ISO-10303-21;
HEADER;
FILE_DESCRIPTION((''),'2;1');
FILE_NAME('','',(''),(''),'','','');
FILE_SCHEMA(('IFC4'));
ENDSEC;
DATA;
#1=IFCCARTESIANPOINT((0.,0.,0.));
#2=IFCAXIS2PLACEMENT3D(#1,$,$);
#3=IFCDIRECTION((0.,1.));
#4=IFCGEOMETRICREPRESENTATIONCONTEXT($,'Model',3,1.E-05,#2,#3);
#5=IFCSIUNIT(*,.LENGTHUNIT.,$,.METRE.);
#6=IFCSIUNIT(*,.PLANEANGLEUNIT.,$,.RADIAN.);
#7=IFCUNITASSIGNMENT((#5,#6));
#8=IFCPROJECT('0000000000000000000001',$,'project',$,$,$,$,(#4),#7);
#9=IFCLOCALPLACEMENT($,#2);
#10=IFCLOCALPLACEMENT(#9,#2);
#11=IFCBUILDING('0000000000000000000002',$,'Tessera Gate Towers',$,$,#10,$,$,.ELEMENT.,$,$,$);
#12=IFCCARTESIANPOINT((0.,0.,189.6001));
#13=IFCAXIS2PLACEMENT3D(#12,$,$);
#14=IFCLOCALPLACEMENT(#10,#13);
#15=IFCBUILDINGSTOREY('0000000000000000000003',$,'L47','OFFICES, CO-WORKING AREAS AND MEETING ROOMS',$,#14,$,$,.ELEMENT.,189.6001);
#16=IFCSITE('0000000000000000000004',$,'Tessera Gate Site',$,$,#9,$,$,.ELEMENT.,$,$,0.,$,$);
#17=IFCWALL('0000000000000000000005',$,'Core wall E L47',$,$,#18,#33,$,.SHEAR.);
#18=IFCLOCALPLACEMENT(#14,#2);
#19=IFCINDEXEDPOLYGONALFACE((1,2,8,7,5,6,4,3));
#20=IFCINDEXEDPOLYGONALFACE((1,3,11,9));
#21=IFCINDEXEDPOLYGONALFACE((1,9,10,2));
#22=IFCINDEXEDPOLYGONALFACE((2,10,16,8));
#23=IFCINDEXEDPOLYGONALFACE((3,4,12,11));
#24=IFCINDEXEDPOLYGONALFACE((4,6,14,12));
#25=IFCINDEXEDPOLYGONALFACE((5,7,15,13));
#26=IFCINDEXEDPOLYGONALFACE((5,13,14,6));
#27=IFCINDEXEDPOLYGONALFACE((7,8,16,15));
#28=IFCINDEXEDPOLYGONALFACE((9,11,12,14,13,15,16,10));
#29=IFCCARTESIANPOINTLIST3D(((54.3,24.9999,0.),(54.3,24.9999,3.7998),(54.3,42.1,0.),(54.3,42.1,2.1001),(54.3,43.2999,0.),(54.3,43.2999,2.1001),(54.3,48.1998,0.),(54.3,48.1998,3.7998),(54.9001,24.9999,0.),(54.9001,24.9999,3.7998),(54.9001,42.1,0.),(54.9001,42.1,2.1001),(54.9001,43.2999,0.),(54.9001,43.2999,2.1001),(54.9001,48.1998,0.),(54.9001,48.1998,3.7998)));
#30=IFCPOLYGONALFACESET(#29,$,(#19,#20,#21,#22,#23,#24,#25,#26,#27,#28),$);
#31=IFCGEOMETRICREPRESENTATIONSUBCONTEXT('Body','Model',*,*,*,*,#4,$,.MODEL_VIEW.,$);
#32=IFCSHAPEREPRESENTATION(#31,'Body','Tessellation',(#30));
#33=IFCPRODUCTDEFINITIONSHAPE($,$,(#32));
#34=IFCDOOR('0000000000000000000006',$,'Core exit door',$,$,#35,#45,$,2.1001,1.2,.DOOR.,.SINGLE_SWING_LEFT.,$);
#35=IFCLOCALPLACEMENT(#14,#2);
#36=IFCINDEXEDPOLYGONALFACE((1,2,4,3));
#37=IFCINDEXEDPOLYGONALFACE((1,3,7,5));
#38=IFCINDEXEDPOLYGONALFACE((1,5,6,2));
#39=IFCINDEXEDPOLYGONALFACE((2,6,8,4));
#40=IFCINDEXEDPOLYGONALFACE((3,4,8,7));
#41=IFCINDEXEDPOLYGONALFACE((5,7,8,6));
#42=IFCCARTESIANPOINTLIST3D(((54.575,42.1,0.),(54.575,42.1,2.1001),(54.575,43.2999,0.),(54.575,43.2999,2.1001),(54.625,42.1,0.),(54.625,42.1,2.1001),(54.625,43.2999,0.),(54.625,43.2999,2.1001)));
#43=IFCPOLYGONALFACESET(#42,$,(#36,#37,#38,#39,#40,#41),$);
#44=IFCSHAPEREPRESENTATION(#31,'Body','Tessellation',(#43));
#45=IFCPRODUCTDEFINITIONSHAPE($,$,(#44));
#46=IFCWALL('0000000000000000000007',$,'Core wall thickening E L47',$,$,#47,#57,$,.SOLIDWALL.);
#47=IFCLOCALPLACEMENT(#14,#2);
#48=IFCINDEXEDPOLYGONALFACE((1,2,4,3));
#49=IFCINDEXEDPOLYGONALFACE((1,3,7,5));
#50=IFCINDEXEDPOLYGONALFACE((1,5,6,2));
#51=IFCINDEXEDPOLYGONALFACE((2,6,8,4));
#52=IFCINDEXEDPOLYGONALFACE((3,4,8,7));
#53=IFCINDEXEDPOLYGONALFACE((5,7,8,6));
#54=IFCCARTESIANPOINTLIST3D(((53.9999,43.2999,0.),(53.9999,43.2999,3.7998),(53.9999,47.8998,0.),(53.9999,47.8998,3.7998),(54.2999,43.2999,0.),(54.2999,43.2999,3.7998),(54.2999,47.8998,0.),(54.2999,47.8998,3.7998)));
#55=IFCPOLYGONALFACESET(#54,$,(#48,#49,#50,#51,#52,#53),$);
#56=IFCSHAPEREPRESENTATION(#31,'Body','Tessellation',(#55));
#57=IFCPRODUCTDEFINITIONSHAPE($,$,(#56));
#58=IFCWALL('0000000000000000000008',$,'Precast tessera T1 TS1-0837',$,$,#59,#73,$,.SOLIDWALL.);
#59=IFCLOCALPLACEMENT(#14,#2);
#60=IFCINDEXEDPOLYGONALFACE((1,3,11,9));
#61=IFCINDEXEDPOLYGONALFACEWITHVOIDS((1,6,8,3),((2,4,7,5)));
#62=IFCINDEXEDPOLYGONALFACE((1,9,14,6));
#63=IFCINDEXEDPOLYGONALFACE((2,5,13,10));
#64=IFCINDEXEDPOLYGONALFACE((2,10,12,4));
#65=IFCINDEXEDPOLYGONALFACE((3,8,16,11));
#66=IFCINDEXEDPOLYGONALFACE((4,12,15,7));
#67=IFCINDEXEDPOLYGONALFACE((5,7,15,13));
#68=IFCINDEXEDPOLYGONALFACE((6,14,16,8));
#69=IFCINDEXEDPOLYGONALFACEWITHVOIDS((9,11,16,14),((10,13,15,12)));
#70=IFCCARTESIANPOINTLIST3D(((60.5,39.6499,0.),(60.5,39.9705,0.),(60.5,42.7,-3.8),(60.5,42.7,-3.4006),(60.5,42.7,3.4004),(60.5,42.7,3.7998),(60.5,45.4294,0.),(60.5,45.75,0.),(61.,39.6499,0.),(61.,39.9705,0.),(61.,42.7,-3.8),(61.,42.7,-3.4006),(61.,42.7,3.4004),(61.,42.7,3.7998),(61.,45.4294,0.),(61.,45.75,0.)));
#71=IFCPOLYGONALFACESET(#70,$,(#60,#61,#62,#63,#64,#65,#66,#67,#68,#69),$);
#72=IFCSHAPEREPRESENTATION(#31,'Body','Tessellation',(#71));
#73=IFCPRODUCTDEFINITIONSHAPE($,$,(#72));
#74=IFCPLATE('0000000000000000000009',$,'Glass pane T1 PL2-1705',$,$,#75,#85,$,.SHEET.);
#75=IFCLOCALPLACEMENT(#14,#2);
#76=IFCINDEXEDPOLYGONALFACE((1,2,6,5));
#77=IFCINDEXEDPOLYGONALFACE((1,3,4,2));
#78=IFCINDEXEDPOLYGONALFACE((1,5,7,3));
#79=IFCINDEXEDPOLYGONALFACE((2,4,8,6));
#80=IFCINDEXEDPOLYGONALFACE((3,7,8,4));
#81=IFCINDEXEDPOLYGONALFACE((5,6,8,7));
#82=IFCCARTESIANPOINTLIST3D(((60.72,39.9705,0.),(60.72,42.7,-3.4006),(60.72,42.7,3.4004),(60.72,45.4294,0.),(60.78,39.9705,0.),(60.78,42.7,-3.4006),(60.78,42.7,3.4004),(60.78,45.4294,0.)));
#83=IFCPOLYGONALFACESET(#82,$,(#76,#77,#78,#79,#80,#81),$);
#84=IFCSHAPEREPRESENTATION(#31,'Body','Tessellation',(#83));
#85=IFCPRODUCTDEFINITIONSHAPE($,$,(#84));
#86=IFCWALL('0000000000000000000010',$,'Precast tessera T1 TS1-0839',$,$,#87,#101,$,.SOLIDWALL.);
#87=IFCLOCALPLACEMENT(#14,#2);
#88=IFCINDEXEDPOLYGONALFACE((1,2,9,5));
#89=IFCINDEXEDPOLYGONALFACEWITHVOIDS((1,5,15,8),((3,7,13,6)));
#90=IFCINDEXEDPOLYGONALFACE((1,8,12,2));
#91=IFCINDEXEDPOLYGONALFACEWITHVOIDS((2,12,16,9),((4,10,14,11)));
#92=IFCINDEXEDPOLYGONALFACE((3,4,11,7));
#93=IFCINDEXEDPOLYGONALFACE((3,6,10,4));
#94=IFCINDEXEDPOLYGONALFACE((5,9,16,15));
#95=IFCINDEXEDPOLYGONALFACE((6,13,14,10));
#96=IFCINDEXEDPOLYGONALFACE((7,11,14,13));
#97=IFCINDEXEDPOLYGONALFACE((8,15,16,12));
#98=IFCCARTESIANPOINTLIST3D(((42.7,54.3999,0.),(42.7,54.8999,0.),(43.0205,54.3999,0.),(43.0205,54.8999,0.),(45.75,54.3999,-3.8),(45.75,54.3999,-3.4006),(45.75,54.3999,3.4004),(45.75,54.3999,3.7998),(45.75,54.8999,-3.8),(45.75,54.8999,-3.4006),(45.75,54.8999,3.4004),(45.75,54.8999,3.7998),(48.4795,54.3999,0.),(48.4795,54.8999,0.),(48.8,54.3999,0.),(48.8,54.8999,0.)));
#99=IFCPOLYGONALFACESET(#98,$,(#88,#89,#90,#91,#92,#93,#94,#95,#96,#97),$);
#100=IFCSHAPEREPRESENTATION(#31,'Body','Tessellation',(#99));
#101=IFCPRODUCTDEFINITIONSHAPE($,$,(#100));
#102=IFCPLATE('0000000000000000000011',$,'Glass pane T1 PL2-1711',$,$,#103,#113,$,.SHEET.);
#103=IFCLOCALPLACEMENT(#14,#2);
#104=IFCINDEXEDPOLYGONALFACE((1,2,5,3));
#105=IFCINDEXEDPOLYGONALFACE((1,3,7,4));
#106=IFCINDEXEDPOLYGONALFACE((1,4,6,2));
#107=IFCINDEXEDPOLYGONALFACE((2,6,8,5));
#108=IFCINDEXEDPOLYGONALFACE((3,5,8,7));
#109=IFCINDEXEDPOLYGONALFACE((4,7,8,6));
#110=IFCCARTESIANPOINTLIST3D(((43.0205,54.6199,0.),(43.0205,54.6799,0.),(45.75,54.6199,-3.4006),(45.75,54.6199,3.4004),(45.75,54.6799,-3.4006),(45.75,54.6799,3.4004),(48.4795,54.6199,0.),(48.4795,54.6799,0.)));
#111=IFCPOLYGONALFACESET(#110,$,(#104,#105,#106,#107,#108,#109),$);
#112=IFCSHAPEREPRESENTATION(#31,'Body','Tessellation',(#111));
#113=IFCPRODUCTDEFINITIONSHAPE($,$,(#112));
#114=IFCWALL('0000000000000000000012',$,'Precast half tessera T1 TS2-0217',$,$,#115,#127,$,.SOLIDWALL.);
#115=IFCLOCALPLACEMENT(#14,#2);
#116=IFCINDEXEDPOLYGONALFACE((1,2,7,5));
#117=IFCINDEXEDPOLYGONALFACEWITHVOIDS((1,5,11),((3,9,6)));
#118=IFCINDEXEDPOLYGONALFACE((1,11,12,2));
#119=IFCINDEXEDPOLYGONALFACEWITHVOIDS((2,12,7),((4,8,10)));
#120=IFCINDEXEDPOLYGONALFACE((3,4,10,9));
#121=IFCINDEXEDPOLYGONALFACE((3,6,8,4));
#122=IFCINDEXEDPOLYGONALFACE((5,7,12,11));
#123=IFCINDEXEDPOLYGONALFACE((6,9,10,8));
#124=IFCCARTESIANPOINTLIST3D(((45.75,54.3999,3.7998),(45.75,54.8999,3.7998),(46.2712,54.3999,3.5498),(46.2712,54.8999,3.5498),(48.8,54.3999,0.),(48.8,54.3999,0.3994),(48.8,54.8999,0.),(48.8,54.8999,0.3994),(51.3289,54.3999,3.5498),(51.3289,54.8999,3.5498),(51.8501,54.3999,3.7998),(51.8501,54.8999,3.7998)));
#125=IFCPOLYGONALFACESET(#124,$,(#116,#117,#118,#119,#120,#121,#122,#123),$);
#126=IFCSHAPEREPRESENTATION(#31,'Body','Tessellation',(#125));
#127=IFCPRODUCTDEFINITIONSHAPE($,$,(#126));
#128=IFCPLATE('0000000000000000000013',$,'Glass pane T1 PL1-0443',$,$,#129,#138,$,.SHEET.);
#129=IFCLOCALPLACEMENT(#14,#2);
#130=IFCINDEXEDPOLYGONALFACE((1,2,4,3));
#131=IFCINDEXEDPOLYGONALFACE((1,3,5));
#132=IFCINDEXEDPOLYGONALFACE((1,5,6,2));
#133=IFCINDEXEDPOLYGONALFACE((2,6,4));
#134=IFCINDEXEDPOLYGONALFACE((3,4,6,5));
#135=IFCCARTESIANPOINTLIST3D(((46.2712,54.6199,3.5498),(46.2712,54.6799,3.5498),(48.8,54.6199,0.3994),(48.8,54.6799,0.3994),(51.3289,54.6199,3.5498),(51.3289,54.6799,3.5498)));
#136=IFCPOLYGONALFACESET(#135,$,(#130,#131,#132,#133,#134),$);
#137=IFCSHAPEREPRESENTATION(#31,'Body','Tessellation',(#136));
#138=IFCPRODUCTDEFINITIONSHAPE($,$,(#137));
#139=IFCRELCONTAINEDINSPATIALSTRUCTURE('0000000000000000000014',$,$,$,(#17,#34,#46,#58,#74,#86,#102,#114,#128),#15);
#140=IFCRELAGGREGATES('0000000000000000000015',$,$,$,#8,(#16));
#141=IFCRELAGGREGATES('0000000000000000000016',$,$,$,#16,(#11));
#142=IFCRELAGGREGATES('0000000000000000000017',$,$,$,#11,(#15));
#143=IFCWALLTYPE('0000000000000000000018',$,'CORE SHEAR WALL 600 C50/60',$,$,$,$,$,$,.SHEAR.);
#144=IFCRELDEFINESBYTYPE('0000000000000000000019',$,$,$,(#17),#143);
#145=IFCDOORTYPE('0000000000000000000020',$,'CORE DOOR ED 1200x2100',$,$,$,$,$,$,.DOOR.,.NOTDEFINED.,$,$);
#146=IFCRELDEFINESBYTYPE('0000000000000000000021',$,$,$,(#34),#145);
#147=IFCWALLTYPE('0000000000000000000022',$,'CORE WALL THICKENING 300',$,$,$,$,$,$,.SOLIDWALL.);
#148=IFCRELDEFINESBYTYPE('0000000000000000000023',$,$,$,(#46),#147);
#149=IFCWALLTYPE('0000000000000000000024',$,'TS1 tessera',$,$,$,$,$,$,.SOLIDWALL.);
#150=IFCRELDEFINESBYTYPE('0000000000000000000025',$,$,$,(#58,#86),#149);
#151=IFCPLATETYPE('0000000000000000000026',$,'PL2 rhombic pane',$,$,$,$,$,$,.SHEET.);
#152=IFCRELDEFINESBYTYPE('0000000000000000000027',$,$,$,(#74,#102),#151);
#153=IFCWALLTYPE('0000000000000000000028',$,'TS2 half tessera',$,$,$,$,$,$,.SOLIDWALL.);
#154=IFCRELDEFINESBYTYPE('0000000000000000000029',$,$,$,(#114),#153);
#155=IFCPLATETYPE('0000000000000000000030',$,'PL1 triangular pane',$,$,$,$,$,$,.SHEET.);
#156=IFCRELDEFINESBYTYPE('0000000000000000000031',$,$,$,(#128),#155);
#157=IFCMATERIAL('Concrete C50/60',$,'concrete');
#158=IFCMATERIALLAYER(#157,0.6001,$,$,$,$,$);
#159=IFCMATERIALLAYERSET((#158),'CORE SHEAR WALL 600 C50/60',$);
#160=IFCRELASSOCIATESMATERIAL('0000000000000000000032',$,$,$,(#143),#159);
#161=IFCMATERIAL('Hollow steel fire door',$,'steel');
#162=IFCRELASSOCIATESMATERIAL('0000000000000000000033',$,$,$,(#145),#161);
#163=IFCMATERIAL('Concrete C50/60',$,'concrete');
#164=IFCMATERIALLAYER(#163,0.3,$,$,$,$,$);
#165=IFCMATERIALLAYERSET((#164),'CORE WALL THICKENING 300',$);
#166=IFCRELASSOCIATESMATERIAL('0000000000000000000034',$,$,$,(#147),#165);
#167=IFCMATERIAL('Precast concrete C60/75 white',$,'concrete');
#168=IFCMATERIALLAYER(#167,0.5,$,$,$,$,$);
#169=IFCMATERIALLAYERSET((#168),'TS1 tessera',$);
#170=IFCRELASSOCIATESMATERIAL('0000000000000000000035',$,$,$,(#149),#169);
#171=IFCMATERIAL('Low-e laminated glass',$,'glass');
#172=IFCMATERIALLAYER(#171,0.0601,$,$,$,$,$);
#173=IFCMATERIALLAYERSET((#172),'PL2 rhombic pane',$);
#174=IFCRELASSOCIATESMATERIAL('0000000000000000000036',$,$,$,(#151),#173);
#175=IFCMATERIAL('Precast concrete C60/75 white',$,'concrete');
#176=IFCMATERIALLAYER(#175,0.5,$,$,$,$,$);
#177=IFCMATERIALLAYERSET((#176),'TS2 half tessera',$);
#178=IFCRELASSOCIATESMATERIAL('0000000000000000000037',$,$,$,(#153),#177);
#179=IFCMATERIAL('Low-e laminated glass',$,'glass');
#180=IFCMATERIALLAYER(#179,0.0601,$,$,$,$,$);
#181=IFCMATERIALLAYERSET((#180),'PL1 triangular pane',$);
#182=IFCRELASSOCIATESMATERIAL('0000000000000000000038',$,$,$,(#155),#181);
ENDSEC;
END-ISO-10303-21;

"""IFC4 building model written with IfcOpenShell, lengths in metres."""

from ifc_helpers import new_model, si_unit, direction, frame, frame_2d, origin, place, context, subcontext, project, spatial, polyline, rectangle, outline, extrude, source, transform, mapped, material, layer, layer_set, type_object, element, fill, save


model = new_model("IFC4")

# Units and contexts
model_context = context("Model", 3, precision=1e-05, world=origin(), true_north=direction((0.0, 1.0)))
body_context = subcontext(model_context, "Body", "Model", "MODEL_VIEW")
ifc_project = project(units=[si_unit("LENGTHUNIT", "METRE"), si_unit("PLANEANGLEUNIT", "RADIAN")], contexts=[model_context])

# Site, building, storey
site_placement = place(None, origin())
site = spatial("IfcSite", under=ifc_project, at=site_placement, Name="Tessera Gate Site", CompositionType="ELEMENT", RefElevation=0.0)
building_placement = place(site_placement, origin())
building = spatial("IfcBuilding", under=site, at=building_placement, Name="Tessera Gate Towers", CompositionType="ELEMENT")
storey_placement = place(building_placement, frame((0.0, 0.0, 189.6001)))
storey = spatial("IfcBuildingStorey", under=building, at=storey_placement, Name="L47", Description="OFFICES, CO-WORKING AREAS AND MEETING ROOMS", CompositionType="ELEMENT", Elevation=189.6001)

# Shared definitions
shared_shape_1 = source(origin(), body_context, "Body", "SweptSolid", [
    extrude(rectangle(XDim=1.2, YDim=2.1001, at=frame_2d((0.6001, 1.05))), frame((0.0, 0.0249, 0.0), z_axis=(0.0, -1.0, 0.0), x_axis=(1.0, 0.0, 0.0)), (0.0, 0.0, 1.0), 0.05),
])

# Wall, opening, door
ifc_material_1 = material(Name="Concrete C50/60", Category="concrete")
ifc_layer_1 = layer(ifc_material_1, 0.6001)
ifc_layer_set_1 = layer_set([ifc_layer_1], Name="CORE SHEAR WALL 600 C50/60")
wall_type_1 = type_object("IfcWallType", Name="CORE SHEAR WALL 600 C50/60", PredefinedType="SHEAR", material=ifc_layer_set_1)
wall_1_placement = place(storey_placement, frame((54.6001, 48.2, 0.0), z_axis=(0.0, 0.0, 1.0), x_axis=(0.0, -1.0, 0.0)))
wall_1 = element("IfcWall", 1, at=wall_1_placement, inside=storey, type_object=wall_type_1, Name="Core wall E L47", PredefinedType="SHEAR", context=body_context, shape_type="SweptSolid", body=[
    extrude(rectangle(XDim=23.2, YDim=0.6001, at=frame_2d((11.6001, 0.0))), origin(), (0.0, 0.0, 1.0), 3.7998),
])
shared_shape_2 = source(origin(), body_context, "Body", "SweptSolid", [
    extrude(rectangle(XDim=1.2, YDim=2.1001, at=frame_2d((0.6001, 1.05))), frame((0.0, 0.3101, 0.0), z_axis=(0.0, -1.0, 0.0), x_axis=(1.0, 0.0, 0.0)), (0.0, 0.0, 1.0), 0.6201),
])
opening_1_placement = place(wall_1_placement, frame((4.8999, 0.0, 0.0)))
opening_1 = element("IfcOpeningElement", 2, at=opening_1_placement, cuts=wall_1, PredefinedType="OPENING", context=body_context, shape_type="MappedRepresentation", body=[
    mapped(shared_shape_2, transform((0.0, 0.0, 0.0), scale=1.0)),
])
ifc_material_2 = material(Name="Hollow steel fire door", Category="steel")
door_type_1 = type_object("IfcDoorType", Name="CORE DOOR ED 1200x2100", OperationType="NOTDEFINED", PredefinedType="DOOR", material=ifc_material_2)
door_1_placement = place(opening_1_placement, origin())
door_1 = element("IfcDoor", 3, at=door_1_placement, inside=storey, type_object=door_type_1, Name="Core exit door", OperationType="SINGLE_SWING_LEFT", OverallHeight=2.1001, OverallWidth=1.2, PredefinedType="DOOR", context=body_context, shape_type="MappedRepresentation", body=[
    mapped(shared_shape_1, transform((0.0, 0.0, 0.0), scale=1.0)),
])
fill(opening_1, door_1)

# Wall
ifc_material_3 = material(Name="Concrete C50/60", Category="concrete")
ifc_layer_2 = layer(ifc_material_3, 0.3)
ifc_layer_set_2 = layer_set([ifc_layer_2], Name="CORE WALL THICKENING 300")
wall_type_2 = type_object("IfcWallType", Name="CORE WALL THICKENING 300", PredefinedType="SOLIDWALL", material=ifc_layer_set_2)
wall_2_placement = place(storey_placement, frame((54.1499, 43.3, 0.0), z_axis=(0.0, 0.0, 1.0), x_axis=(0.0, 1.0, 0.0)))
element("IfcWall", 4, at=wall_2_placement, inside=storey, type_object=wall_type_2, Name="Core wall thickening E L47", PredefinedType="SOLIDWALL", context=body_context, shape_type="SweptSolid", body=[
    extrude(rectangle(XDim=4.5999, YDim=0.3, at=frame_2d((2.2998, 0.0))), origin(), (0.0, 0.0, 1.0), 3.7998),
])

# Walls, openings, plates
ifc_material_4 = material(Name="Precast concrete C60/75 white", Category="concrete")
ifc_layer_3 = layer(ifc_material_4, 0.5)
ifc_layer_set_3 = layer_set([ifc_layer_3], Name="TS1 tessera")
wall_type_3 = type_object("IfcWallType", Name="TS1 tessera", PredefinedType="SOLIDWALL", material=ifc_layer_set_3)
shared_shape_3 = source(origin(), body_context, "Body", "SweptSolid", [
    extrude(outline(polyline([(3.05, 0.0), (6.1001, 3.8), (3.05, 7.5999), (0.0, 3.8), (3.05, 0.0)])), frame((0.0, 0.25, 0.0), z_axis=(0.0, -1.0, 0.0), x_axis=(1.0, 0.0, 0.0)), (0.0, 0.0, 1.0), 0.5),
])
wall_3_placement = place(storey_placement, frame((60.75, 39.6499, -3.8), z_axis=(0.0, 0.0, 1.0), x_axis=(0.0, 1.0, 0.0)))
wall_3 = element("IfcWall", 5, at=wall_3_placement, inside=storey, type_object=wall_type_3, Name="Precast tessera T1 TS1-0837", PredefinedType="SOLIDWALL", context=body_context, shape_type="MappedRepresentation", body=[
    mapped(shared_shape_3, transform((0.0, 0.0, 0.0), scale=1.0)),
])
shared_shape_4 = source(origin(), body_context, "Body", "SweptSolid", [
    extrude(outline(polyline([(3.05, 0.3994), (5.7795, 3.8), (3.05, 7.2004), (0.3206, 3.8), (3.05, 0.3994)])), frame((0.0, 0.26, 0.0), z_axis=(0.0, -1.0, 0.0), x_axis=(1.0, 0.0, 0.0)), (0.0, 0.0, 1.0), 0.52),
])
opening_2_placement = place(wall_3_placement, origin())
opening_2 = element("IfcOpeningElement", 6, at=opening_2_placement, cuts=wall_3, PredefinedType="OPENING", context=body_context, shape_type="MappedRepresentation", body=[
    mapped(shared_shape_4, transform((0.0, 0.0, 0.0), scale=1.0)),
])
ifc_material_5 = material(Name="Low-e laminated glass", Category="glass")
ifc_layer_4 = layer(ifc_material_5, 0.0601)
ifc_layer_set_4 = layer_set([ifc_layer_4], Name="PL2 rhombic pane")
plate_type_1 = type_object("IfcPlateType", Name="PL2 rhombic pane", PredefinedType="SHEET", material=ifc_layer_set_4)
shared_shape_5 = source(origin(), body_context, "Body", "SweptSolid", [
    extrude(outline(polyline([(3.05, 0.3994), (5.7795, 3.8), (3.05, 7.2004), (0.3206, 3.8), (3.05, 0.3994)])), frame((0.0, 0.03, 0.0), z_axis=(0.0, -1.0, 0.0), x_axis=(1.0, 0.0, 0.0)), (0.0, 0.0, 1.0), 0.0601),
])
plate_1_placement = place(opening_2_placement, origin())
plate_1 = element("IfcPlate", 7, at=plate_1_placement, inside=storey, type_object=plate_type_1, Name="Glass pane T1 PL2-1705", PredefinedType="SHEET", context=body_context, shape_type="MappedRepresentation", body=[
    mapped(shared_shape_5, transform((0.0, 0.0, 0.0), scale=1.0)),
])
fill(opening_2, plate_1)
wall_4_placement = place(storey_placement, frame((48.8, 54.6499, -3.8), z_axis=(0.0, 0.0, 1.0), x_axis=(-1.0, 0.0, 0.0)))
wall_4 = element("IfcWall", 8, at=wall_4_placement, inside=storey, type_object=wall_type_3, Name="Precast tessera T1 TS1-0839", PredefinedType="SOLIDWALL", context=body_context, shape_type="MappedRepresentation", body=[
    mapped(shared_shape_3, transform((0.0, 0.0, 0.0), scale=1.0)),
])
opening_3_placement = place(wall_4_placement, origin())
opening_3 = element("IfcOpeningElement", 9, at=opening_3_placement, cuts=wall_4, PredefinedType="OPENING", context=body_context, shape_type="MappedRepresentation", body=[
    mapped(shared_shape_4, transform((0.0, 0.0, 0.0), scale=1.0)),
])
plate_2_placement = place(opening_3_placement, origin())
plate_2 = element("IfcPlate", 10, at=plate_2_placement, inside=storey, type_object=plate_type_1, Name="Glass pane T1 PL2-1711", PredefinedType="SHEET", context=body_context, shape_type="MappedRepresentation", body=[
    mapped(shared_shape_5, transform((0.0, 0.0, 0.0), scale=1.0)),
])
fill(opening_3, plate_2)
ifc_material_6 = material(Name="Precast concrete C60/75 white", Category="concrete")
ifc_layer_5 = layer(ifc_material_6, 0.5)
ifc_layer_set_5 = layer_set([ifc_layer_5], Name="TS2 half tessera")
wall_type_4 = type_object("IfcWallType", Name="TS2 half tessera", PredefinedType="SOLIDWALL", material=ifc_layer_set_5)
shared_shape_6 = source(origin(), body_context, "Body", "SweptSolid", [
    extrude(outline(polyline([(3.05, 0.0), (6.1001, 3.7998), (0.0, 3.7998), (3.05, 0.0)])), frame((0.0, 0.25, 0.0), z_axis=(0.0, -1.0, 0.0), x_axis=(1.0, 0.0, 0.0)), (0.0, 0.0, 1.0), 0.5),
])
wall_5_placement = place(storey_placement, frame((51.8501, 54.6499, 0.0), z_axis=(0.0, 0.0, 1.0), x_axis=(-1.0, 0.0, 0.0)))
wall_5 = element("IfcWall", 11, at=wall_5_placement, inside=storey, type_object=wall_type_4, Name="Precast half tessera T1 TS2-0217", PredefinedType="SOLIDWALL", context=body_context, shape_type="MappedRepresentation", body=[
    mapped(shared_shape_6, transform((0.0, 0.0, 0.0), scale=1.0)),
])
shared_shape_7 = source(origin(), body_context, "Body", "SweptSolid", [
    extrude(outline(polyline([(3.05, 0.3994), (5.5789, 3.5498), (0.5212, 3.5498), (3.05, 0.3994)])), frame((0.0, 0.26, 0.0), z_axis=(0.0, -1.0, 0.0), x_axis=(1.0, 0.0, 0.0)), (0.0, 0.0, 1.0), 0.52),
])
opening_4_placement = place(wall_5_placement, origin())
opening_4 = element("IfcOpeningElement", 12, at=opening_4_placement, cuts=wall_5, PredefinedType="OPENING", context=body_context, shape_type="MappedRepresentation", body=[
    mapped(shared_shape_7, transform((0.0, 0.0, 0.0), scale=1.0)),
])
ifc_material_7 = material(Name="Low-e laminated glass", Category="glass")
ifc_layer_6 = layer(ifc_material_7, 0.0601)
ifc_layer_set_6 = layer_set([ifc_layer_6], Name="PL1 triangular pane")
plate_type_2 = type_object("IfcPlateType", Name="PL1 triangular pane", PredefinedType="SHEET", material=ifc_layer_set_6)
shared_shape_8 = source(origin(), body_context, "Body", "SweptSolid", [
    extrude(outline(polyline([(3.05, 0.3994), (5.5789, 3.5498), (0.5212, 3.5498), (3.05, 0.3994)])), frame((0.0, 0.03, 0.0), z_axis=(0.0, -1.0, 0.0), x_axis=(1.0, 0.0, 0.0)), (0.0, 0.0, 1.0), 0.0601),
])
plate_3_placement = place(opening_4_placement, origin())
plate_3 = element("IfcPlate", 13, at=plate_3_placement, inside=storey, type_object=plate_type_2, Name="Glass pane T1 PL1-0443", PredefinedType="SHEET", context=body_context, shape_type="MappedRepresentation", body=[
    mapped(shared_shape_8, transform((0.0, 0.0, 0.0), scale=1.0)),
])
fill(opening_4, plate_3)

save(model, "model.ifc")
